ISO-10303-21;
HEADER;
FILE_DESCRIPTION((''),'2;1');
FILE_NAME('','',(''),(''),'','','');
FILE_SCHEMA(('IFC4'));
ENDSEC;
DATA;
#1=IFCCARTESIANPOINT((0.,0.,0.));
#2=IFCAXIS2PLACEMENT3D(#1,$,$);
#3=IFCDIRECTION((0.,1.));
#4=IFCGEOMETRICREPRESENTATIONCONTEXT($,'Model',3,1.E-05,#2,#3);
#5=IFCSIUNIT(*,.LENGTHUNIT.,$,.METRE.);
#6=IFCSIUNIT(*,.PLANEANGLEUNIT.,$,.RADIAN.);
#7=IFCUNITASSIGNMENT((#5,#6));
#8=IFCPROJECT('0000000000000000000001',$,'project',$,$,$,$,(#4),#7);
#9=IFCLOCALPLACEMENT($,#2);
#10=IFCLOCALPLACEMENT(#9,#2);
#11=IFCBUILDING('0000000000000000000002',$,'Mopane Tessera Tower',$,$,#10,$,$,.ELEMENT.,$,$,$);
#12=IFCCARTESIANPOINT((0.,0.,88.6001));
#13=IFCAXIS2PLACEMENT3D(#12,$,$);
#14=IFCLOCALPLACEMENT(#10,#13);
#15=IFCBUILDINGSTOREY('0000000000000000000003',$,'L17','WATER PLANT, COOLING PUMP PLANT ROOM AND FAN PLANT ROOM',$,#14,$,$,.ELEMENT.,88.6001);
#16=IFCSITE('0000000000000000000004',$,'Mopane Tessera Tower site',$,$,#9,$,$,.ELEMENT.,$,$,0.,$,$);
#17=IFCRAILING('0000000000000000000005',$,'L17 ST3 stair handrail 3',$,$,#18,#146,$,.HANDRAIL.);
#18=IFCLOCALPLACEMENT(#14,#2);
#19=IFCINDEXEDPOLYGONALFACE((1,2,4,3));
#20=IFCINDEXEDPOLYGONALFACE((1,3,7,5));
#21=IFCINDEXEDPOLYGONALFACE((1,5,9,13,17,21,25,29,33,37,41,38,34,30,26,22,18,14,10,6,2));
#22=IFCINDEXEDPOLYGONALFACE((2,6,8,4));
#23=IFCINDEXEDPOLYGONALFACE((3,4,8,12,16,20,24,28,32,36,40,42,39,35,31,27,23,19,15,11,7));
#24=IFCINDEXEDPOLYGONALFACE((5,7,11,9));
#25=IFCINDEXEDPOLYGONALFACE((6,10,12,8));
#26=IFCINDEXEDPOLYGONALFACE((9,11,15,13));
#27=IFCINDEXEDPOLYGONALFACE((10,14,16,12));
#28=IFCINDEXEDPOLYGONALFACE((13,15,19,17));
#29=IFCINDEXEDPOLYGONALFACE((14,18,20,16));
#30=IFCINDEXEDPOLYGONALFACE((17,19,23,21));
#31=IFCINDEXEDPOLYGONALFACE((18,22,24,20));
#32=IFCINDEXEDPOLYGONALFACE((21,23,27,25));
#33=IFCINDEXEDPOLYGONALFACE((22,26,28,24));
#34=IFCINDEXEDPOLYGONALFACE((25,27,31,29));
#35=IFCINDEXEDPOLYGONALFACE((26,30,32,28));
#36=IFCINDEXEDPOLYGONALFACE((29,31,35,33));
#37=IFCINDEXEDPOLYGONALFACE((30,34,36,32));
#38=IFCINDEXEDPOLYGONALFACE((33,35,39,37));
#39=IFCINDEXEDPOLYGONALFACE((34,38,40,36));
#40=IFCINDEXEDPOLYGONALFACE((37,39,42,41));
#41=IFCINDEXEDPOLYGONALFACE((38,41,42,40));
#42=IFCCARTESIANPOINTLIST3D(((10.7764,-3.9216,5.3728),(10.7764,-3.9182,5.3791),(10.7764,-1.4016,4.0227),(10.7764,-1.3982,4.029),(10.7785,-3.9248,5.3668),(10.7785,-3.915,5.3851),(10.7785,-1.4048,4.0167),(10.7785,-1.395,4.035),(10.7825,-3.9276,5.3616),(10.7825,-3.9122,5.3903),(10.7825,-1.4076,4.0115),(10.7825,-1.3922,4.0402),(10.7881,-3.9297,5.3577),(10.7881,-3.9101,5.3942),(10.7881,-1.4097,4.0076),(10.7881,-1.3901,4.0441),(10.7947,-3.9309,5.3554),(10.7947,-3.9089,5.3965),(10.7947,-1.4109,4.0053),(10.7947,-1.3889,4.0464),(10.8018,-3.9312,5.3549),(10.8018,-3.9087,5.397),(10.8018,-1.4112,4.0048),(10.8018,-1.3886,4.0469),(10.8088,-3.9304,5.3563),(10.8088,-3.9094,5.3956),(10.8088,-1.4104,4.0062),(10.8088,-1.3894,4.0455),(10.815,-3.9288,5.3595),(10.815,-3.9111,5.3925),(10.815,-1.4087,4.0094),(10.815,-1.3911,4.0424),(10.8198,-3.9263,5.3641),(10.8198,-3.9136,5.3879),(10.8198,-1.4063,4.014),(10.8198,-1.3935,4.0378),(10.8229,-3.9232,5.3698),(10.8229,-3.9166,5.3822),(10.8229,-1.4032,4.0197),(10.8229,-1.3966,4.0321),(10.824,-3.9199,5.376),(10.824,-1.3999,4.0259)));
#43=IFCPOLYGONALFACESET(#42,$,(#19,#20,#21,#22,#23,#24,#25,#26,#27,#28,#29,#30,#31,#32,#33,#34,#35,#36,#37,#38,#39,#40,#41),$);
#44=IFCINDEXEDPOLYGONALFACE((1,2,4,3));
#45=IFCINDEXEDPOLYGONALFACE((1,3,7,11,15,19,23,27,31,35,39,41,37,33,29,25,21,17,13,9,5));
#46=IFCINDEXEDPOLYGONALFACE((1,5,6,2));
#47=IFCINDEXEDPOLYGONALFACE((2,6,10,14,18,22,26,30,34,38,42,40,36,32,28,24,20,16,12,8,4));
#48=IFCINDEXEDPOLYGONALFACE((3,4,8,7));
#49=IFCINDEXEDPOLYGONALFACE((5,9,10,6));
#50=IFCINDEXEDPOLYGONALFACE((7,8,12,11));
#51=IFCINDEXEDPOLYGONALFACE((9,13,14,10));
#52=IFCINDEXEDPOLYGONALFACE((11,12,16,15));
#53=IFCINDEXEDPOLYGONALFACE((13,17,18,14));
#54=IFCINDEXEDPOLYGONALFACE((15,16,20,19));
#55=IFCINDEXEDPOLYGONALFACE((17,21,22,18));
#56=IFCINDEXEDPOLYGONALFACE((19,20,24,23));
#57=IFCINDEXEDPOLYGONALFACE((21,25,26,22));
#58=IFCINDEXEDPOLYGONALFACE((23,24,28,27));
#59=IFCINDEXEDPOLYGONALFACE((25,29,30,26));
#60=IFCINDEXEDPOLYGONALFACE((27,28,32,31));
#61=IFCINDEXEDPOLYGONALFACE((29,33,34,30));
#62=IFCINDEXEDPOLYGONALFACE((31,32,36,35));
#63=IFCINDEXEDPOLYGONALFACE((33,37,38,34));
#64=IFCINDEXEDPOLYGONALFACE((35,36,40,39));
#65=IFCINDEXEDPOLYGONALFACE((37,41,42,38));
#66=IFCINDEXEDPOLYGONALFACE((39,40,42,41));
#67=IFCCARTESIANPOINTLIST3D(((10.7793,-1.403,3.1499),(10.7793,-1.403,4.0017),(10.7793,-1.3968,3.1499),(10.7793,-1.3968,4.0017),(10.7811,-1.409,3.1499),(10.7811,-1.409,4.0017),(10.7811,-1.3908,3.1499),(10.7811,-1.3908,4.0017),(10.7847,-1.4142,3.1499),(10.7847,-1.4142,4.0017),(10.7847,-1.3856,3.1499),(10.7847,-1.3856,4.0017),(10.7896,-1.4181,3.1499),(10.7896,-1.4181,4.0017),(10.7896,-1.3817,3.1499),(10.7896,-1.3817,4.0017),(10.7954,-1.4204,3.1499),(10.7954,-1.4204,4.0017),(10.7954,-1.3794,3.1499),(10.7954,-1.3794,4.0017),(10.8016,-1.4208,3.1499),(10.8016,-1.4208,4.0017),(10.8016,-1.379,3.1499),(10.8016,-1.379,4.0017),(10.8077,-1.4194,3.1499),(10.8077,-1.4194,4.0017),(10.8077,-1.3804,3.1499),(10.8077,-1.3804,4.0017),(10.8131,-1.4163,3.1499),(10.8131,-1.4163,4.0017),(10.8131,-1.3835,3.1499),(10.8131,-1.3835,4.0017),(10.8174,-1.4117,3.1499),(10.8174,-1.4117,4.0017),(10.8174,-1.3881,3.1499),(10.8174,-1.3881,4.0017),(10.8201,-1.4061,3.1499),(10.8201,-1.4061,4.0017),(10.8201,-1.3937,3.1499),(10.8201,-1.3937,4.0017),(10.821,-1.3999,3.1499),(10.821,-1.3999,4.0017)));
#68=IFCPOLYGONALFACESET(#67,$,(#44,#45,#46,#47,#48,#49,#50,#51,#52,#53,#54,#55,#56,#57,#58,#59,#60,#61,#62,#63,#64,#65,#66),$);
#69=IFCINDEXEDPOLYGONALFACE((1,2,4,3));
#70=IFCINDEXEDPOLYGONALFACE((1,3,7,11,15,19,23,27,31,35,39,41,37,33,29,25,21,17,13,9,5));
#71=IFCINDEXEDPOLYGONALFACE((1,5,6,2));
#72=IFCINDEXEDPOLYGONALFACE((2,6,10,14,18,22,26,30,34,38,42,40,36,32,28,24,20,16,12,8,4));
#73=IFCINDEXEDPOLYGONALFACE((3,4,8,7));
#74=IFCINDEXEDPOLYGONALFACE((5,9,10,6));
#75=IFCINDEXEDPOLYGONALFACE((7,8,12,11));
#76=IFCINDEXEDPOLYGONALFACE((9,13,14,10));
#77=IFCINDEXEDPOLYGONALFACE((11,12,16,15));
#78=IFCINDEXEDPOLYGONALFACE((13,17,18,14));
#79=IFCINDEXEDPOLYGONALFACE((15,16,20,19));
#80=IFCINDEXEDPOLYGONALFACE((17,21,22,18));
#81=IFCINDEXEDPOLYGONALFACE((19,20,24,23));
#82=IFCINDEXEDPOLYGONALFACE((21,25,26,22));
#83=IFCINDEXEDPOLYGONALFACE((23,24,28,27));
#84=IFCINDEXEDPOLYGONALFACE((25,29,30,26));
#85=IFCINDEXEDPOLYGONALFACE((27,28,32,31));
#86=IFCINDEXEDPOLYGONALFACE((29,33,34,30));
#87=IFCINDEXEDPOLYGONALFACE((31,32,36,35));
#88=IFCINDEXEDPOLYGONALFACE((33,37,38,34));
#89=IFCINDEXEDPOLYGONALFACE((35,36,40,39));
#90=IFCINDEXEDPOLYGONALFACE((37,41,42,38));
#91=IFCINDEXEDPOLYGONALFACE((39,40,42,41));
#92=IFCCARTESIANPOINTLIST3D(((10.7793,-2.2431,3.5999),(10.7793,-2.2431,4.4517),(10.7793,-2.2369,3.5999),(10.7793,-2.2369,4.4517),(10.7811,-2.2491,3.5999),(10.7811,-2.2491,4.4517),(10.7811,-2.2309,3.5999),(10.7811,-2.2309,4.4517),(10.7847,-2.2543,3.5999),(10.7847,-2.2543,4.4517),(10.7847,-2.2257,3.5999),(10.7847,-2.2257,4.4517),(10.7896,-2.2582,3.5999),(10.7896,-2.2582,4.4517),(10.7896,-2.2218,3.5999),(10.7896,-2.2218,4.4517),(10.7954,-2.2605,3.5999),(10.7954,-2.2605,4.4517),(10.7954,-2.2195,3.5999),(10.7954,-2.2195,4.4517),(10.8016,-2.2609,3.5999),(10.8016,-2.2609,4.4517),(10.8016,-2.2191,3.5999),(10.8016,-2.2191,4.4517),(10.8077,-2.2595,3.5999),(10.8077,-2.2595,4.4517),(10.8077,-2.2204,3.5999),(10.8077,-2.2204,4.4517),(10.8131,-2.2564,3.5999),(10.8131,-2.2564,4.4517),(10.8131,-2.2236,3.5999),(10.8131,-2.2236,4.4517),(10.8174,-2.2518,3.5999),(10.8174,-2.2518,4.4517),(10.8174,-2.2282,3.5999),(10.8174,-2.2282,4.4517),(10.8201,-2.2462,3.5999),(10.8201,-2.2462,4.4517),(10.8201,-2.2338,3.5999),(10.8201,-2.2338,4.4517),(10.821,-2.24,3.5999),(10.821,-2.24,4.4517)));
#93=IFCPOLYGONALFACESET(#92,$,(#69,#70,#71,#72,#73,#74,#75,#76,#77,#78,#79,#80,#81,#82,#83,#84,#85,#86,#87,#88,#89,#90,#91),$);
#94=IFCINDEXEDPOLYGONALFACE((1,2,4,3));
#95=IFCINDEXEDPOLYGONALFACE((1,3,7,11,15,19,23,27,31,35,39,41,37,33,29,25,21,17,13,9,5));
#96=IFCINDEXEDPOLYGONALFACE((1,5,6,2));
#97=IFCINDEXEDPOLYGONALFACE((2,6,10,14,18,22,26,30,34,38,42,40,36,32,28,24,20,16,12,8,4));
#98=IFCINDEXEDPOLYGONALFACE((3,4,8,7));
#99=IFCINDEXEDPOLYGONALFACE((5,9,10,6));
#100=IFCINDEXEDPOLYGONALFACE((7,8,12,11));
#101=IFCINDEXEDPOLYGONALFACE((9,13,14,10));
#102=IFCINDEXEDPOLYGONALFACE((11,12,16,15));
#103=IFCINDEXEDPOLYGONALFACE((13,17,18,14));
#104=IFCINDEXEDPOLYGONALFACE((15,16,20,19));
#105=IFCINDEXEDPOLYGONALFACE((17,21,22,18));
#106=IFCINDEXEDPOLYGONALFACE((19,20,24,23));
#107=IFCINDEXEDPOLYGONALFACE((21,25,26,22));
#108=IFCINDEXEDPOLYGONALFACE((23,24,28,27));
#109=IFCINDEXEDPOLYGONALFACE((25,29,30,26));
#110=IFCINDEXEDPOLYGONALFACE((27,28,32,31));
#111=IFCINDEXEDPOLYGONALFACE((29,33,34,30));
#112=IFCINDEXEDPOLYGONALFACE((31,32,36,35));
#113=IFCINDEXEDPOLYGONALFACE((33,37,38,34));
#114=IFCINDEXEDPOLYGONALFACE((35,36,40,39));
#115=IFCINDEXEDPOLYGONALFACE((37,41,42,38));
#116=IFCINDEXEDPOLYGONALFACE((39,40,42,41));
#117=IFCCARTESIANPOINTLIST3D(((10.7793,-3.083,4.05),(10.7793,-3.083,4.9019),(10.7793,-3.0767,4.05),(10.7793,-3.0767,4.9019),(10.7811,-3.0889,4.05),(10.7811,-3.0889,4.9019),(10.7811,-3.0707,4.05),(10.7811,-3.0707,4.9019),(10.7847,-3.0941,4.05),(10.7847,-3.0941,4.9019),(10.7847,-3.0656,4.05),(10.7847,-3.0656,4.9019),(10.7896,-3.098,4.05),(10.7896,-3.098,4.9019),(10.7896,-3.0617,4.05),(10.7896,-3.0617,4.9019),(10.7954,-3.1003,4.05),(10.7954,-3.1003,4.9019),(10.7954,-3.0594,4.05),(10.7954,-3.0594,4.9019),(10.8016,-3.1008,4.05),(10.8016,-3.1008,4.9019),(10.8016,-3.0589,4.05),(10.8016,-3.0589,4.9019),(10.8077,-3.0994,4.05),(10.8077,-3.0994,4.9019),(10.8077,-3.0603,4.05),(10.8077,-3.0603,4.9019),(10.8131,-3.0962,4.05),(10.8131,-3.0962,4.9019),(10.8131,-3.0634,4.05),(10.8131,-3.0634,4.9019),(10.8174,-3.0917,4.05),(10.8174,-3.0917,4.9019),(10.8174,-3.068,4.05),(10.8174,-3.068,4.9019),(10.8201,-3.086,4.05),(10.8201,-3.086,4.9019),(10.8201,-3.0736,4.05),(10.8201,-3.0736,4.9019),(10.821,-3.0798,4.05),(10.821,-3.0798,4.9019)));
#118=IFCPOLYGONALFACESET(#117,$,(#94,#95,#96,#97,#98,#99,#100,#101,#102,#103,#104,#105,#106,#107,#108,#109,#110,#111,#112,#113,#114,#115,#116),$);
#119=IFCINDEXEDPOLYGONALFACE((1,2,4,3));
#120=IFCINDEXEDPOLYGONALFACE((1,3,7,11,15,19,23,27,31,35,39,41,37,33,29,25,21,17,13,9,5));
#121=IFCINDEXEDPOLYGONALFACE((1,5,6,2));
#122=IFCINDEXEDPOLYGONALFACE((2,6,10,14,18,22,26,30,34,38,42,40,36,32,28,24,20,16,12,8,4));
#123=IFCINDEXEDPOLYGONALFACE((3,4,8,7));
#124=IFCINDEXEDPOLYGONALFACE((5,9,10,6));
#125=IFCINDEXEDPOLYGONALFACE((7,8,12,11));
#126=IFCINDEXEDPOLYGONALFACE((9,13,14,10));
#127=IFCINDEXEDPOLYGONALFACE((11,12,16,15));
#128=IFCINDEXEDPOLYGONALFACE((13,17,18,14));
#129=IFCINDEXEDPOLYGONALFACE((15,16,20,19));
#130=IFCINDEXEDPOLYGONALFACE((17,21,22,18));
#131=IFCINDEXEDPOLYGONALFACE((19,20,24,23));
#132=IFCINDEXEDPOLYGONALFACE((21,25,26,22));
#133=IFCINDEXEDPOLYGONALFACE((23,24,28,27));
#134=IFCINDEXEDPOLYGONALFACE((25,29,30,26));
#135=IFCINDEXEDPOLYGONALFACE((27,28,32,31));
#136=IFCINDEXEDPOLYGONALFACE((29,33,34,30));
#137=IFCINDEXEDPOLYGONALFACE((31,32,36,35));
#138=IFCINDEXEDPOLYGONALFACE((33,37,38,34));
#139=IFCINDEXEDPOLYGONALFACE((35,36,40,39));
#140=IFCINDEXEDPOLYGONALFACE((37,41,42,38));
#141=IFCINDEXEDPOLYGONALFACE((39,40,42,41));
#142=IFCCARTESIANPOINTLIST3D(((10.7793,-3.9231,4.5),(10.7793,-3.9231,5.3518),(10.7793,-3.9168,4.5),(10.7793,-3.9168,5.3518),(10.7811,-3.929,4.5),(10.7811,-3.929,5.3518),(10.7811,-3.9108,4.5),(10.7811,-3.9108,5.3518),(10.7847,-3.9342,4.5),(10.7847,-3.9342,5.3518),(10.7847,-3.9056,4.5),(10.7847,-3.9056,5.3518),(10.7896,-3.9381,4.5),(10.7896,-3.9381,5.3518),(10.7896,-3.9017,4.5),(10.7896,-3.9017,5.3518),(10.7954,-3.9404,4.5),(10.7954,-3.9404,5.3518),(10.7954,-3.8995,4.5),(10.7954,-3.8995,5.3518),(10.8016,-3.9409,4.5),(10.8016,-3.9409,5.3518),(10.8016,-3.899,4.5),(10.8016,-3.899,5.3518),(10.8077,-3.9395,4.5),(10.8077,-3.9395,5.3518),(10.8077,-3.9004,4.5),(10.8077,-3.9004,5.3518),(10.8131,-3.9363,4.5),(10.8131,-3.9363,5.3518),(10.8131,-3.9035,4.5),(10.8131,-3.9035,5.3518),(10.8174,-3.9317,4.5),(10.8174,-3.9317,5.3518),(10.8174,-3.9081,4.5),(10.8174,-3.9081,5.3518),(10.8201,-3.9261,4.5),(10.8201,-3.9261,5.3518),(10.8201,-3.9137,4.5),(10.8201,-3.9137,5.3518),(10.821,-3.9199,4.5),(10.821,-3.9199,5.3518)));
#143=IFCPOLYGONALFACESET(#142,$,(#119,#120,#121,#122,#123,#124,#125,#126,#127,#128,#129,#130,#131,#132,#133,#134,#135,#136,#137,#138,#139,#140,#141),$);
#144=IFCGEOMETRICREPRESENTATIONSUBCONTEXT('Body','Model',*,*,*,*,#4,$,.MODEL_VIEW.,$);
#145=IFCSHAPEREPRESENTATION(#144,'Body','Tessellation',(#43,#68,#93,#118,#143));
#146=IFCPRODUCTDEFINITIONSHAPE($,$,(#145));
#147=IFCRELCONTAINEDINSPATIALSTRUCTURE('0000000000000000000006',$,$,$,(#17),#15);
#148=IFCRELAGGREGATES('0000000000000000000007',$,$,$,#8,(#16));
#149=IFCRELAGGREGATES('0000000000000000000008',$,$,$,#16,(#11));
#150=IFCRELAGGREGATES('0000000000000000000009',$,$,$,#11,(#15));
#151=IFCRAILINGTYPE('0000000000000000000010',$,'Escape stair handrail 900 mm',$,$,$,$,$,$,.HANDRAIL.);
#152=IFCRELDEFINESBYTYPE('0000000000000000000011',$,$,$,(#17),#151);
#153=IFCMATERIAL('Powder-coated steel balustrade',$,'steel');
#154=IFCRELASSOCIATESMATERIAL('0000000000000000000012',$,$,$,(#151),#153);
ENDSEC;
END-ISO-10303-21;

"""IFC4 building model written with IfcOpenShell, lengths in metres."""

from ifc_helpers import new_model, si_unit, direction, frame, origin, origin_2d, place, context, subcontext, project, spatial, circle, extrude, material, type_object, element, save


model = new_model("IFC4")

# Units and contexts
model_context = context("Model", 3, precision=1e-05, world=origin(), true_north=direction((0.0, 1.0)))
body_context = subcontext(model_context, "Body", "Model", "MODEL_VIEW")
ifc_project = project(units=[si_unit("LENGTHUNIT", "METRE"), si_unit("PLANEANGLEUNIT", "RADIAN")], contexts=[model_context])

# Site, building, storey
site_placement = place(None, origin())
site = spatial("IfcSite", under=ifc_project, at=site_placement, Name="Mopane Tessera Tower site", CompositionType="ELEMENT", RefElevation=0.0)
building_placement = place(site_placement, origin())
building = spatial("IfcBuilding", under=site, at=building_placement, Name="Mopane Tessera Tower", CompositionType="ELEMENT")
storey_placement = place(building_placement, frame((0.0, 0.0, 88.6001)))
storey = spatial("IfcBuildingStorey", under=building, at=storey_placement, Name="L17", Description="WATER PLANT, COOLING PUMP PLANT ROOM AND FAN PLANT ROOM", CompositionType="ELEMENT", Elevation=88.6001)

# Railing
ifc_material_1 = material(Name="Powder-coated steel balustrade", Category="steel")
railing_type_1 = type_object("IfcRailingType", Name="Escape stair handrail 900 mm", PredefinedType="HANDRAIL", material=ifc_material_1)
railing_1_placement = place(storey_placement, frame((10.8, -1.3999, 3.1499)))
element("IfcRailing", 1, at=railing_1_placement, inside=storey, type_object=railing_type_1, Name="L17 ST3 stair handrail 3", PredefinedType="HANDRAIL", context=body_context, shape_type="SweptSolid", body=[
    extrude(circle(Radius=0.0239, at=origin_2d()), frame((0.0, 0.0, 0.876), z_axis=(0.0, -0.881467, 0.472245), x_axis=(1.0, 0.0, 0.0)), (0.0, 0.0, 1.0), 2.8589),
    extrude(circle(Radius=0.021, at=origin_2d()), origin(), (0.0, 0.0, 1.0), 0.8518),
    extrude(circle(Radius=0.021, at=origin_2d()), frame((0.0, -0.8401, 0.45)), (0.0, 0.0, 1.0), 0.8518),
    extrude(circle(Radius=0.021, at=origin_2d()), frame((0.0, -1.6799, 0.9001)), (0.0, 0.0, 1.0), 0.8518),
    extrude(circle(Radius=0.021, at=origin_2d()), frame((0.0, -2.52, 1.3501)), (0.0, 0.0, 1.0), 0.8518),
])

save(model, "model.ifc")
